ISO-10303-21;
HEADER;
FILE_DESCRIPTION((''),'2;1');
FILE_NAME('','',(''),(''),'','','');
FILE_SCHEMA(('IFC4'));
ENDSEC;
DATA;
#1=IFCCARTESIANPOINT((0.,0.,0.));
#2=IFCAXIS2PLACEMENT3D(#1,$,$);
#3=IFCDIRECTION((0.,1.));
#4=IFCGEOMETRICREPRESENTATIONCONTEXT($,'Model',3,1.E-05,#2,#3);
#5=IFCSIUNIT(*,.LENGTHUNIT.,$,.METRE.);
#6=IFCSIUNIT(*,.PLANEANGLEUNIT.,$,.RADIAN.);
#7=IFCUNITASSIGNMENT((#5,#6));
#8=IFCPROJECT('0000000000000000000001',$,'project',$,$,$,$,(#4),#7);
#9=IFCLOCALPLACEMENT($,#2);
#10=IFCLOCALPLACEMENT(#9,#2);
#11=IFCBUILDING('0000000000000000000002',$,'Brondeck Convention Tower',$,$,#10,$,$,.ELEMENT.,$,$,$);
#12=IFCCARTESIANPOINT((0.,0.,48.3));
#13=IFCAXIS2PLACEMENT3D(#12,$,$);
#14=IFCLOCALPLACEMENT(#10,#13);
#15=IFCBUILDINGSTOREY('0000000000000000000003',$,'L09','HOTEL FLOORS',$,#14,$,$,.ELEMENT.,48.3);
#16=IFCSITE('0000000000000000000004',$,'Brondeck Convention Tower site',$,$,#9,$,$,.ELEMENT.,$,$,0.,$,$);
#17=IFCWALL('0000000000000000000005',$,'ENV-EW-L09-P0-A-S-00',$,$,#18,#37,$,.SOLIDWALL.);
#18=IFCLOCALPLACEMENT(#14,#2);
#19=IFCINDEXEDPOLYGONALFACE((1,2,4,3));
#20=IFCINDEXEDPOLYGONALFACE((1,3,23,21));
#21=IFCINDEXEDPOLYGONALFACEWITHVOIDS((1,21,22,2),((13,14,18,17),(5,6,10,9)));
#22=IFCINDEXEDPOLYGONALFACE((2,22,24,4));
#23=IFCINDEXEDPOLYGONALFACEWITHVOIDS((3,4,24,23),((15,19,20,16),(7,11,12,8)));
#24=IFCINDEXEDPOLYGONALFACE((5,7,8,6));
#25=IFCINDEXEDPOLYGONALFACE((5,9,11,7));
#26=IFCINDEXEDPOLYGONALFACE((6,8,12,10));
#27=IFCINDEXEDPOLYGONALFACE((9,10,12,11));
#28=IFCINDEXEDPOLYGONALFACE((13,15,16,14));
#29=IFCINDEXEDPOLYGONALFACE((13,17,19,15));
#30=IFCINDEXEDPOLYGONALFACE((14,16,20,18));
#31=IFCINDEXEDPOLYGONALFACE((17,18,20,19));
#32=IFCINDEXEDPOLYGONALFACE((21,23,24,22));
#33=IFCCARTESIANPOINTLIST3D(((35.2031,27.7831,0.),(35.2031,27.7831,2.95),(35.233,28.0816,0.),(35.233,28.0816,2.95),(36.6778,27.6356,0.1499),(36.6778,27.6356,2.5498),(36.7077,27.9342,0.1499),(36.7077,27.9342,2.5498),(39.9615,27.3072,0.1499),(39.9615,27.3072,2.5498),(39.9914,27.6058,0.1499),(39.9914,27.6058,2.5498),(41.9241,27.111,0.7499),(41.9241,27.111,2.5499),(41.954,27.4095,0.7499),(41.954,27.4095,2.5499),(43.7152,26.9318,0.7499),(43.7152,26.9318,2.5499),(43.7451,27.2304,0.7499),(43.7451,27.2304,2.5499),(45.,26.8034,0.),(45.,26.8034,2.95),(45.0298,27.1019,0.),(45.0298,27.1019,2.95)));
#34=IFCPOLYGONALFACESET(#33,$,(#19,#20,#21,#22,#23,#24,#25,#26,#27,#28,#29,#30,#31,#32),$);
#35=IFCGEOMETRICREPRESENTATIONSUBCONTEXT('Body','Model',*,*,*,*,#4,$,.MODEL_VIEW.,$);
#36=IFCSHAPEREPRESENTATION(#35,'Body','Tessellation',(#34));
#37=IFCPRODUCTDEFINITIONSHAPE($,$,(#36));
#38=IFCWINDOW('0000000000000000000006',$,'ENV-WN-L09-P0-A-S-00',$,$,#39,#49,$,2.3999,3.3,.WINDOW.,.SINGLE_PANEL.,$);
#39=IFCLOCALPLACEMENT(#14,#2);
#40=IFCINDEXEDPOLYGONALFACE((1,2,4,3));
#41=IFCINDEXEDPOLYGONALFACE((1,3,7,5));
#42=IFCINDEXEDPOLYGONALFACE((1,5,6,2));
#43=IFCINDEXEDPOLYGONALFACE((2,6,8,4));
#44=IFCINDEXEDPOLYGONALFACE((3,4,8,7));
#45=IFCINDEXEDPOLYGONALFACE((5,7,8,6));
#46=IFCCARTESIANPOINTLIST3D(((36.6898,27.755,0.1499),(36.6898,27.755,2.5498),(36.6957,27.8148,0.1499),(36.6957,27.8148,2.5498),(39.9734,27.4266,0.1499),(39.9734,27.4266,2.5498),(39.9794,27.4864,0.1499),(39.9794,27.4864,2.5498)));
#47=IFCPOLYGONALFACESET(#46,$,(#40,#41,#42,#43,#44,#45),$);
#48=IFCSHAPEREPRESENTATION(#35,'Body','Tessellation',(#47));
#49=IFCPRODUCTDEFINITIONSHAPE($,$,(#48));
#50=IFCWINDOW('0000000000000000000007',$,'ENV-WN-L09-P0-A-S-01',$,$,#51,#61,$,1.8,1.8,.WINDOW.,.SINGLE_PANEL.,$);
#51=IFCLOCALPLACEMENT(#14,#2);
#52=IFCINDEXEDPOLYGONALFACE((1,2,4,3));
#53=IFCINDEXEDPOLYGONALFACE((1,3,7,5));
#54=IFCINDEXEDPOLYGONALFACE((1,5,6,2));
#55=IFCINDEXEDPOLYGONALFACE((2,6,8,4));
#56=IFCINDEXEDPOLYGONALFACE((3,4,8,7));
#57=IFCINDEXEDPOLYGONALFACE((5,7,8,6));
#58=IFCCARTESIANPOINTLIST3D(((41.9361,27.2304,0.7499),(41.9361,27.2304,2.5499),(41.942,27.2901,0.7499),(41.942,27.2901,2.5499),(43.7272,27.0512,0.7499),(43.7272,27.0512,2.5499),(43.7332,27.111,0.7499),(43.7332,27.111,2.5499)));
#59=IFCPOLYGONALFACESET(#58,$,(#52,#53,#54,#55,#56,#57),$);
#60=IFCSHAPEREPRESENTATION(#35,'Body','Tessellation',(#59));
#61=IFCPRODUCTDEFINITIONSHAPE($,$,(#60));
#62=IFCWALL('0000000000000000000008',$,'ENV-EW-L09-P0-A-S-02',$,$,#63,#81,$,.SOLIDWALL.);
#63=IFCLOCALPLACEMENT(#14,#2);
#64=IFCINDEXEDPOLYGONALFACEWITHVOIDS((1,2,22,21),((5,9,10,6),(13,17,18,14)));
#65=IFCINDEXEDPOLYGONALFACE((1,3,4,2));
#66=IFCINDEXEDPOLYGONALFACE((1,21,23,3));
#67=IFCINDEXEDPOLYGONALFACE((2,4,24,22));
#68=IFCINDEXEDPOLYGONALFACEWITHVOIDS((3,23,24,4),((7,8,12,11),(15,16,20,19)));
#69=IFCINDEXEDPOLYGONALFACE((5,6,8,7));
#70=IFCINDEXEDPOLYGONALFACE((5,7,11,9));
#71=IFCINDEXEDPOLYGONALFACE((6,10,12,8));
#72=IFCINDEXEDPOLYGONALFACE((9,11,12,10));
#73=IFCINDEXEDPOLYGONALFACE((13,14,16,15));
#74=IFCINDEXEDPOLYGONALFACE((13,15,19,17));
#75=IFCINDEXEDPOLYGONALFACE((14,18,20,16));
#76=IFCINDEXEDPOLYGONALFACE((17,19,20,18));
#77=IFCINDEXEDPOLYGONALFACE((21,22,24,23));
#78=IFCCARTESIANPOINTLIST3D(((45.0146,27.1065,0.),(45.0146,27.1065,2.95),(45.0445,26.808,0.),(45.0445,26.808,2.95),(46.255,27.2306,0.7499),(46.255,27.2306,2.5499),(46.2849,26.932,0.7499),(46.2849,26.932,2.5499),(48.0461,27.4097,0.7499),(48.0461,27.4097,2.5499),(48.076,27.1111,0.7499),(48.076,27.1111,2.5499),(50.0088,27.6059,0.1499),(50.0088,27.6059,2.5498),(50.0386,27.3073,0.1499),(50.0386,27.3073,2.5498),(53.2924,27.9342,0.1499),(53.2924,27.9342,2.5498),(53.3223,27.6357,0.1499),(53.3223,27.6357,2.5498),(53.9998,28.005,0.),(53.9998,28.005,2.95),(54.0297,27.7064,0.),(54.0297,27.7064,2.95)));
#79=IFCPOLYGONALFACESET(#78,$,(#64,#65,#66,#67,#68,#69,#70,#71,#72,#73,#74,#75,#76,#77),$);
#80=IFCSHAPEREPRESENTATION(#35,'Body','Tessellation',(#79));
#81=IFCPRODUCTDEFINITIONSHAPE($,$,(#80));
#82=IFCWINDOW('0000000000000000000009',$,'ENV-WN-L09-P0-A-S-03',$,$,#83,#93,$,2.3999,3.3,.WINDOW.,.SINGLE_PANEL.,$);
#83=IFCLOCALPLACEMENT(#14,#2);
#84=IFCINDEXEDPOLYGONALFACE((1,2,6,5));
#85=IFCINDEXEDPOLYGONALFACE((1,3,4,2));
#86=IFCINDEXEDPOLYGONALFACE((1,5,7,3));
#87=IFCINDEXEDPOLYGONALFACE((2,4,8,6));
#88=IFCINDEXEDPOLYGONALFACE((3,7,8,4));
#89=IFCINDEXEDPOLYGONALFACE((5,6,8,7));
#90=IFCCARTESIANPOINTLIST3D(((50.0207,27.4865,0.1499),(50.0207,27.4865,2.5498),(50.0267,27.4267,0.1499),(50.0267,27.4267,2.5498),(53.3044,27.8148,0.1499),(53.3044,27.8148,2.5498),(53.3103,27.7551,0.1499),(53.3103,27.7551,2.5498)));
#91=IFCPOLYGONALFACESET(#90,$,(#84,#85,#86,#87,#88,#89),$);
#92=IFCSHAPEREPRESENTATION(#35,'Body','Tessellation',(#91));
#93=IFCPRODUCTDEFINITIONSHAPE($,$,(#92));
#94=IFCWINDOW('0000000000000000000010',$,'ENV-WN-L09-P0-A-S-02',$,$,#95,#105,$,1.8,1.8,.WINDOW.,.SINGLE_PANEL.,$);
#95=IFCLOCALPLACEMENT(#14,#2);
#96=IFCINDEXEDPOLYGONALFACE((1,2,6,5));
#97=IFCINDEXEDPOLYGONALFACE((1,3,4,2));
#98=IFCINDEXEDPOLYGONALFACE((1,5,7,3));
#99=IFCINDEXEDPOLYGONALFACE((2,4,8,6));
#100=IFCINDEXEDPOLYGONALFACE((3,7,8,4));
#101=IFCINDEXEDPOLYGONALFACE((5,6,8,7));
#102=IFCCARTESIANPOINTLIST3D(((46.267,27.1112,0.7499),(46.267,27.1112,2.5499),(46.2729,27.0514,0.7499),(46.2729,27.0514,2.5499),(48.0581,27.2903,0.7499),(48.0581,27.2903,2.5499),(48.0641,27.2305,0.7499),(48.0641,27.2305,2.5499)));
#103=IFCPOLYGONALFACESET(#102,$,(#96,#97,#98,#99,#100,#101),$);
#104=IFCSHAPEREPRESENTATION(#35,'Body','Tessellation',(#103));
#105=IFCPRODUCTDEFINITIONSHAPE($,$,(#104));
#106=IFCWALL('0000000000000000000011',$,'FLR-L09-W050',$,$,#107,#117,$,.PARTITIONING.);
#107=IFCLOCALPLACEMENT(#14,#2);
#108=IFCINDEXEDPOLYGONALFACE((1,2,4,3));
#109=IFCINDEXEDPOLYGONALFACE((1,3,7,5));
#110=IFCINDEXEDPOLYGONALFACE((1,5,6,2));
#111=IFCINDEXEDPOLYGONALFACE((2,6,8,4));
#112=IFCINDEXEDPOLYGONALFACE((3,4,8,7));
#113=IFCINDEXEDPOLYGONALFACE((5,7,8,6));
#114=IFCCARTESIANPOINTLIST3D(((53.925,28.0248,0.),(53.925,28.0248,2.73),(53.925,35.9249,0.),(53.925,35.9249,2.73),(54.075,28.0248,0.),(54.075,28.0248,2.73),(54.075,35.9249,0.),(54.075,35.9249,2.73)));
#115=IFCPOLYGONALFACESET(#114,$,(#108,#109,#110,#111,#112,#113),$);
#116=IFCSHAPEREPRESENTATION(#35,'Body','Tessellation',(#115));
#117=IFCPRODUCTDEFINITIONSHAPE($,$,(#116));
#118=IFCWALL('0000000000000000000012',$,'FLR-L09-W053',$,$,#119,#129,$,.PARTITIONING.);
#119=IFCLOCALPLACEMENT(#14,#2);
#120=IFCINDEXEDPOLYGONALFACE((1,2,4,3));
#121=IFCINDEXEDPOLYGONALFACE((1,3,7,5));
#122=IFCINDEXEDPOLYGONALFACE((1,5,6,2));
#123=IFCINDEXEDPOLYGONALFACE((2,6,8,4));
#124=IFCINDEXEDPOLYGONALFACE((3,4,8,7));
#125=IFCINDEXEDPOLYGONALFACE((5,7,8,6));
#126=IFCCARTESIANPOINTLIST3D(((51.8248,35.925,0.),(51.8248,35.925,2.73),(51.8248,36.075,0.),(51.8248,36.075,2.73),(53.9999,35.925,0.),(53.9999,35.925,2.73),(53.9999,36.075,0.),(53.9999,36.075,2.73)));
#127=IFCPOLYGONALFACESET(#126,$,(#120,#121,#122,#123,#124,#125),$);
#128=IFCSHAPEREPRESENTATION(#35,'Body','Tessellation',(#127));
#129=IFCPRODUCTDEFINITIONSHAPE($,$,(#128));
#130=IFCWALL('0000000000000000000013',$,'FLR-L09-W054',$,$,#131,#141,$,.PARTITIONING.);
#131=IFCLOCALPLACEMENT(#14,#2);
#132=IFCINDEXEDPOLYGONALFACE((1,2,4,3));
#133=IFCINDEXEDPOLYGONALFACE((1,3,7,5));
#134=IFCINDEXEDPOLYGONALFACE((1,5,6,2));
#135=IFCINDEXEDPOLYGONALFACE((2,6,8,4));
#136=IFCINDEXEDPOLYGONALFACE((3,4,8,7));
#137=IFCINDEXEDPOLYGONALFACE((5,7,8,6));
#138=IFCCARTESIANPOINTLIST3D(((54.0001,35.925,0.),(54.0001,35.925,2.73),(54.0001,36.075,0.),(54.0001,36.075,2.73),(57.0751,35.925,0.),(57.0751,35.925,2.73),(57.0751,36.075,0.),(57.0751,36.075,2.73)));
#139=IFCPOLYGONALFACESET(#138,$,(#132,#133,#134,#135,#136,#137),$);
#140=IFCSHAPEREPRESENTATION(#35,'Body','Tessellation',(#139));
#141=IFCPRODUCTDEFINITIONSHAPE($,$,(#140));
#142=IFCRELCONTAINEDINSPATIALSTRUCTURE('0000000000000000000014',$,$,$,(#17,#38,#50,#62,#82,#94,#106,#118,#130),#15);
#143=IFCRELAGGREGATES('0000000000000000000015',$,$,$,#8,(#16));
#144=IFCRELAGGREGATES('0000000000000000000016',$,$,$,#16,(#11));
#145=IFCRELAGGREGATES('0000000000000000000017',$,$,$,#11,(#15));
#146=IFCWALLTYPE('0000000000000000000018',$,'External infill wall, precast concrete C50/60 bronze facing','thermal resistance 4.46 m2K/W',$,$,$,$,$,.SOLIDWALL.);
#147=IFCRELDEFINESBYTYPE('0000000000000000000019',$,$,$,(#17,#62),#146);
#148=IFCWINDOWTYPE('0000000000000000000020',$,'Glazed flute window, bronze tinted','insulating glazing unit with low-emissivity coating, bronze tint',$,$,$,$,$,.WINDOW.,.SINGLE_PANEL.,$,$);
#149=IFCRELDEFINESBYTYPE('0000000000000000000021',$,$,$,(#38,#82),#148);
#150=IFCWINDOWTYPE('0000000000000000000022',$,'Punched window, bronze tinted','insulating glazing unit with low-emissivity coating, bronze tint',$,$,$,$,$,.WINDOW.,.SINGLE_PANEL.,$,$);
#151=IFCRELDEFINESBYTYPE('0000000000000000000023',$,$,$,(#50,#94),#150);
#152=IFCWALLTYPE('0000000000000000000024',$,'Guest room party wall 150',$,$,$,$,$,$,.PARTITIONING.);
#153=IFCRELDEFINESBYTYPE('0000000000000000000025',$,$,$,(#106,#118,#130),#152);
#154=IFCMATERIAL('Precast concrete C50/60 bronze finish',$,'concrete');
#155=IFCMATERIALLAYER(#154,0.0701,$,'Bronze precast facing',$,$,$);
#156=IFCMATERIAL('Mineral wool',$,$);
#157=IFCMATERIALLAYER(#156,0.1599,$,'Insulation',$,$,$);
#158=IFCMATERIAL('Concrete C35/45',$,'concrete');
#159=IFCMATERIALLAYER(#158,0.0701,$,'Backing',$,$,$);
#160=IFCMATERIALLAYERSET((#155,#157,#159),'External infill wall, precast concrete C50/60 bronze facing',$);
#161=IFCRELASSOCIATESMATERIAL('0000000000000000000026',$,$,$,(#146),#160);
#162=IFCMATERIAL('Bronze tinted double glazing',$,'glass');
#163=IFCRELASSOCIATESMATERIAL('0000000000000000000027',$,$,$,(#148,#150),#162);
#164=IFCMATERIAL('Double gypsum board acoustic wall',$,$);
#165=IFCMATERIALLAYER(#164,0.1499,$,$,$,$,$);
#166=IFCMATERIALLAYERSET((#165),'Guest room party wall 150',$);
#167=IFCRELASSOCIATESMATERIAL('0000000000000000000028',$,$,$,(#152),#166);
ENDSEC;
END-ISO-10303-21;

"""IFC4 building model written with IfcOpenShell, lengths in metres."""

from ifc_helpers import new_model, si_unit, direction, frame, frame_2d, origin, place, context, subcontext, project, spatial, rectangle, extrude, material, layer, layer_set, type_object, element, fill, save


model = new_model("IFC4")

# Units and contexts
model_context = context("Model", 3, precision=1e-05, world=origin(), true_north=direction((0.0, 1.0)))
body_context = subcontext(model_context, "Body", "Model", "MODEL_VIEW")
ifc_project = project(units=[si_unit("LENGTHUNIT", "METRE"), si_unit("PLANEANGLEUNIT", "RADIAN")], contexts=[model_context])

# Site, building, storey
site_placement = place(None, origin())
site = spatial("IfcSite", under=ifc_project, at=site_placement, Name="Brondeck Convention Tower site", CompositionType="ELEMENT", RefElevation=0.0)
building_placement = place(site_placement, origin())
building = spatial("IfcBuilding", under=site, at=building_placement, Name="Brondeck Convention Tower", CompositionType="ELEMENT")
storey_placement = place(building_placement, frame((0.0, 0.0, 48.3)))
storey = spatial("IfcBuildingStorey", under=building, at=storey_placement, Name="L09", Description="HOTEL FLOORS", CompositionType="ELEMENT", Elevation=48.3)

# Walls, openings, windows
ifc_material_1 = material(Name="Precast concrete C50/60 bronze finish", Category="concrete")
ifc_layer_1 = layer(ifc_material_1, 0.0701, Name="Bronze precast facing")
ifc_material_2 = material(Name="Mineral wool")
ifc_layer_2 = layer(ifc_material_2, 0.1599, Name="Insulation")
ifc_material_3 = material(Name="Concrete C35/45", Category="concrete")
ifc_layer_3 = layer(ifc_material_3, 0.0701, Name="Backing")
ifc_layer_set_1 = layer_set([ifc_layer_1, ifc_layer_2, ifc_layer_3], Name="External infill wall, precast concrete C50/60 bronze facing")
wall_type_1 = type_object("IfcWallType", Name="External infill wall, precast concrete C50/60 bronze facing", Description="thermal resistance 4.46 m2K/W", PredefinedType="SOLIDWALL", material=ifc_layer_set_1)
wall_1_placement = place(storey_placement, frame((45.0149, 26.9526, 0.0), z_axis=(0.0, 0.0, 1.0), x_axis=(-0.995037, 0.099509, 0.0)))
wall_1 = element("IfcWall", 1, at=wall_1_placement, inside=storey, type_object=wall_type_1, Name="ENV-EW-L09-P0-A-S-00", PredefinedType="SOLIDWALL", context=body_context, shape_type="SweptSolid", body=[
    extrude(rectangle(XDim=9.8457, YDim=0.3, at=frame_2d((4.9229, 0.0))), origin(), (0.0, 0.0, 1.0), 2.95),
])
opening_1_placement = place(wall_1_placement, frame((1.2913, 0.0, 0.75)))
opening_1 = element("IfcOpeningElement", 2, at=opening_1_placement, cuts=wall_1, PredefinedType="OPENING", context=body_context, shape_type="SweptSolid", body=[
    extrude(rectangle(XDim=1.8, YDim=1.8, at=frame_2d((0.8999, 0.8999))), frame((0.0, 0.1599, 0.0), z_axis=(0.0, -1.0, 0.0), x_axis=(1.0, 0.0, 0.0)), (0.0, 0.0, 1.0), 0.3201),
])
opening_2_placement = place(wall_1_placement, frame((5.0637, 0.0, 0.1499)))
opening_2 = element("IfcOpeningElement", 3, at=opening_2_placement, cuts=wall_1, PredefinedType="OPENING", context=body_context, shape_type="SweptSolid", body=[
    extrude(rectangle(XDim=3.3, YDim=2.3999, at=frame_2d((1.6499, 1.2))), frame((0.0, 0.1599, 0.0), z_axis=(0.0, -1.0, 0.0), x_axis=(1.0, 0.0, 0.0)), (0.0, 0.0, 1.0), 0.3201),
])
ifc_material_4 = material(Name="Bronze tinted double glazing", Category="glass")
window_type_1 = type_object("IfcWindowType", Name="Glazed flute window, bronze tinted", Description="insulating glazing unit with low-emissivity coating, bronze tint", PartitioningType="SINGLE_PANEL", PredefinedType="WINDOW", material=ifc_material_4)
window_1_placement = place(opening_2_placement, origin())
window_1 = element("IfcWindow", 4, at=window_1_placement, inside=storey, type_object=window_type_1, Name="ENV-WN-L09-P0-A-S-00", OverallHeight=2.3999, OverallWidth=3.3, PartitioningType="SINGLE_PANEL", PredefinedType="WINDOW", context=body_context, shape_type="SweptSolid", body=[
    extrude(rectangle(XDim=3.3, YDim=2.3999, at=frame_2d((1.6499, 1.2))), frame((0.0, 0.03, 0.0), z_axis=(0.0, -1.0, 0.0), x_axis=(1.0, 0.0, 0.0)), (0.0, 0.0, 1.0), 0.0601),
])
fill(opening_2, window_1)
window_type_2 = type_object("IfcWindowType", Name="Punched window, bronze tinted", Description="insulating glazing unit with low-emissivity coating, bronze tint", PartitioningType="SINGLE_PANEL", PredefinedType="WINDOW", material=ifc_material_4)
window_2_placement = place(opening_1_placement, origin())
window_2 = element("IfcWindow", 5, at=window_2_placement, inside=storey, type_object=window_type_2, Name="ENV-WN-L09-P0-A-S-01", OverallHeight=1.8, OverallWidth=1.8, PartitioningType="SINGLE_PANEL", PredefinedType="WINDOW", context=body_context, shape_type="SweptSolid", body=[
    extrude(rectangle(XDim=1.8, YDim=1.8, at=frame_2d((0.8999, 0.8999))), frame((0.0, 0.03, 0.0), z_axis=(0.0, -1.0, 0.0), x_axis=(1.0, 0.0, 0.0)), (0.0, 0.0, 1.0), 0.0601),
])
fill(opening_1, window_2)
wall_2_placement = place(storey_placement, frame((54.0149, 27.8557, 0.0), z_axis=(0.0, 0.0, 1.0), x_axis=(-0.995038, -0.099496, 0.0)))
wall_2 = element("IfcWall", 6, at=wall_2_placement, inside=storey, type_object=wall_type_1, Name="ENV-EW-L09-P0-A-S-02", PredefinedType="SOLIDWALL", context=body_context, shape_type="SweptSolid", body=[
    extrude(rectangle(XDim=9.03, YDim=0.3, at=frame_2d((4.5151, 0.0))), origin(), (0.0, 0.0, 1.0), 2.95),
])
opening_3_placement = place(wall_2_placement, frame((0.7112, 0.0, 0.1499)))
opening_3 = element("IfcOpeningElement", 7, at=opening_3_placement, cuts=wall_2, PredefinedType="OPENING", context=body_context, shape_type="SweptSolid", body=[
    extrude(rectangle(XDim=3.3, YDim=2.3999, at=frame_2d((1.6499, 1.2))), frame((0.0, 0.1599, 0.0), z_axis=(0.0, -1.0, 0.0), x_axis=(1.0, 0.0, 0.0)), (0.0, 0.0, 1.0), 0.3201),
])
opening_4_placement = place(wall_2_placement, frame((5.9836, 0.0, 0.75)))
opening_4 = element("IfcOpeningElement", 8, at=opening_4_placement, cuts=wall_2, PredefinedType="OPENING", context=body_context, shape_type="SweptSolid", body=[
    extrude(rectangle(XDim=1.8, YDim=1.8, at=frame_2d((0.8999, 0.8999))), frame((0.0, 0.1599, 0.0), z_axis=(0.0, -1.0, 0.0), x_axis=(1.0, 0.0, 0.0)), (0.0, 0.0, 1.0), 0.3201),
])
window_3_placement = place(opening_3_placement, origin())
window_3 = element("IfcWindow", 9, at=window_3_placement, inside=storey, type_object=window_type_1, Name="ENV-WN-L09-P0-A-S-03", OverallHeight=2.3999, OverallWidth=3.3, PartitioningType="SINGLE_PANEL", PredefinedType="WINDOW", context=body_context, shape_type="SweptSolid", body=[
    extrude(rectangle(XDim=3.3, YDim=2.3999, at=frame_2d((1.6499, 1.2))), frame((0.0, 0.03, 0.0), z_axis=(0.0, -1.0, 0.0), x_axis=(1.0, 0.0, 0.0)), (0.0, 0.0, 1.0), 0.0601),
])
fill(opening_3, window_3)
window_4_placement = place(opening_4_placement, origin())
window_4 = element("IfcWindow", 10, at=window_4_placement, inside=storey, type_object=window_type_2, Name="ENV-WN-L09-P0-A-S-02", OverallHeight=1.8, OverallWidth=1.8, PartitioningType="SINGLE_PANEL", PredefinedType="WINDOW", context=body_context, shape_type="SweptSolid", body=[
    extrude(rectangle(XDim=1.8, YDim=1.8, at=frame_2d((0.8999, 0.8999))), frame((0.0, 0.03, 0.0), z_axis=(0.0, -1.0, 0.0), x_axis=(1.0, 0.0, 0.0)), (0.0, 0.0, 1.0), 0.0601),
])
fill(opening_4, window_4)

# Walls
ifc_material_5 = material(Name="Double gypsum board acoustic wall")
ifc_layer_4 = layer(ifc_material_5, 0.1499)
ifc_layer_set_2 = layer_set([ifc_layer_4], Name="Guest room party wall 150")
wall_type_2 = type_object("IfcWallType", Name="Guest room party wall 150", PredefinedType="PARTITIONING", material=ifc_layer_set_2)
wall_3_placement = place(storey_placement, frame((54.0, 35.925, 0.0), z_axis=(0.0, 0.0, 1.0), x_axis=(0.0, -1.0, 0.0)))
element("IfcWall", 11, at=wall_3_placement, inside=storey, type_object=wall_type_2, Name="FLR-L09-W050", PredefinedType="PARTITIONING", context=body_context, shape_type="SweptSolid", body=[
    extrude(rectangle(XDim=7.9001, YDim=0.1499, at=frame_2d((3.9502, 0.0))), origin(), (0.0, 0.0, 1.0), 2.73),
])
wall_4_placement = place(storey_placement, frame((51.825, 36.0, 0.0), z_axis=(0.0, 0.0, 1.0), x_axis=(1.0, 0.0, 0.0)))
element("IfcWall", 12, at=wall_4_placement, inside=storey, type_object=wall_type_2, Name="FLR-L09-W053", PredefinedType="PARTITIONING", context=body_context, shape_type="SweptSolid", body=[
    extrude(rectangle(XDim=2.175, YDim=0.1499, at=frame_2d((1.0874, 0.0))), origin(), (0.0, 0.0, 1.0), 2.73),
])
wall_5_placement = place(storey_placement, frame((54.0, 36.0, 0.0), z_axis=(0.0, 0.0, 1.0), x_axis=(1.0, 0.0, 0.0)))
element("IfcWall", 13, at=wall_5_placement, inside=storey, type_object=wall_type_2, Name="FLR-L09-W054", PredefinedType="PARTITIONING", context=body_context, shape_type="SweptSolid", body=[
    extrude(rectangle(XDim=3.075, YDim=0.1499, at=frame_2d((1.5376, 0.0))), origin(), (0.0, 0.0, 1.0), 2.73),
])

save(model, "model.ifc")
